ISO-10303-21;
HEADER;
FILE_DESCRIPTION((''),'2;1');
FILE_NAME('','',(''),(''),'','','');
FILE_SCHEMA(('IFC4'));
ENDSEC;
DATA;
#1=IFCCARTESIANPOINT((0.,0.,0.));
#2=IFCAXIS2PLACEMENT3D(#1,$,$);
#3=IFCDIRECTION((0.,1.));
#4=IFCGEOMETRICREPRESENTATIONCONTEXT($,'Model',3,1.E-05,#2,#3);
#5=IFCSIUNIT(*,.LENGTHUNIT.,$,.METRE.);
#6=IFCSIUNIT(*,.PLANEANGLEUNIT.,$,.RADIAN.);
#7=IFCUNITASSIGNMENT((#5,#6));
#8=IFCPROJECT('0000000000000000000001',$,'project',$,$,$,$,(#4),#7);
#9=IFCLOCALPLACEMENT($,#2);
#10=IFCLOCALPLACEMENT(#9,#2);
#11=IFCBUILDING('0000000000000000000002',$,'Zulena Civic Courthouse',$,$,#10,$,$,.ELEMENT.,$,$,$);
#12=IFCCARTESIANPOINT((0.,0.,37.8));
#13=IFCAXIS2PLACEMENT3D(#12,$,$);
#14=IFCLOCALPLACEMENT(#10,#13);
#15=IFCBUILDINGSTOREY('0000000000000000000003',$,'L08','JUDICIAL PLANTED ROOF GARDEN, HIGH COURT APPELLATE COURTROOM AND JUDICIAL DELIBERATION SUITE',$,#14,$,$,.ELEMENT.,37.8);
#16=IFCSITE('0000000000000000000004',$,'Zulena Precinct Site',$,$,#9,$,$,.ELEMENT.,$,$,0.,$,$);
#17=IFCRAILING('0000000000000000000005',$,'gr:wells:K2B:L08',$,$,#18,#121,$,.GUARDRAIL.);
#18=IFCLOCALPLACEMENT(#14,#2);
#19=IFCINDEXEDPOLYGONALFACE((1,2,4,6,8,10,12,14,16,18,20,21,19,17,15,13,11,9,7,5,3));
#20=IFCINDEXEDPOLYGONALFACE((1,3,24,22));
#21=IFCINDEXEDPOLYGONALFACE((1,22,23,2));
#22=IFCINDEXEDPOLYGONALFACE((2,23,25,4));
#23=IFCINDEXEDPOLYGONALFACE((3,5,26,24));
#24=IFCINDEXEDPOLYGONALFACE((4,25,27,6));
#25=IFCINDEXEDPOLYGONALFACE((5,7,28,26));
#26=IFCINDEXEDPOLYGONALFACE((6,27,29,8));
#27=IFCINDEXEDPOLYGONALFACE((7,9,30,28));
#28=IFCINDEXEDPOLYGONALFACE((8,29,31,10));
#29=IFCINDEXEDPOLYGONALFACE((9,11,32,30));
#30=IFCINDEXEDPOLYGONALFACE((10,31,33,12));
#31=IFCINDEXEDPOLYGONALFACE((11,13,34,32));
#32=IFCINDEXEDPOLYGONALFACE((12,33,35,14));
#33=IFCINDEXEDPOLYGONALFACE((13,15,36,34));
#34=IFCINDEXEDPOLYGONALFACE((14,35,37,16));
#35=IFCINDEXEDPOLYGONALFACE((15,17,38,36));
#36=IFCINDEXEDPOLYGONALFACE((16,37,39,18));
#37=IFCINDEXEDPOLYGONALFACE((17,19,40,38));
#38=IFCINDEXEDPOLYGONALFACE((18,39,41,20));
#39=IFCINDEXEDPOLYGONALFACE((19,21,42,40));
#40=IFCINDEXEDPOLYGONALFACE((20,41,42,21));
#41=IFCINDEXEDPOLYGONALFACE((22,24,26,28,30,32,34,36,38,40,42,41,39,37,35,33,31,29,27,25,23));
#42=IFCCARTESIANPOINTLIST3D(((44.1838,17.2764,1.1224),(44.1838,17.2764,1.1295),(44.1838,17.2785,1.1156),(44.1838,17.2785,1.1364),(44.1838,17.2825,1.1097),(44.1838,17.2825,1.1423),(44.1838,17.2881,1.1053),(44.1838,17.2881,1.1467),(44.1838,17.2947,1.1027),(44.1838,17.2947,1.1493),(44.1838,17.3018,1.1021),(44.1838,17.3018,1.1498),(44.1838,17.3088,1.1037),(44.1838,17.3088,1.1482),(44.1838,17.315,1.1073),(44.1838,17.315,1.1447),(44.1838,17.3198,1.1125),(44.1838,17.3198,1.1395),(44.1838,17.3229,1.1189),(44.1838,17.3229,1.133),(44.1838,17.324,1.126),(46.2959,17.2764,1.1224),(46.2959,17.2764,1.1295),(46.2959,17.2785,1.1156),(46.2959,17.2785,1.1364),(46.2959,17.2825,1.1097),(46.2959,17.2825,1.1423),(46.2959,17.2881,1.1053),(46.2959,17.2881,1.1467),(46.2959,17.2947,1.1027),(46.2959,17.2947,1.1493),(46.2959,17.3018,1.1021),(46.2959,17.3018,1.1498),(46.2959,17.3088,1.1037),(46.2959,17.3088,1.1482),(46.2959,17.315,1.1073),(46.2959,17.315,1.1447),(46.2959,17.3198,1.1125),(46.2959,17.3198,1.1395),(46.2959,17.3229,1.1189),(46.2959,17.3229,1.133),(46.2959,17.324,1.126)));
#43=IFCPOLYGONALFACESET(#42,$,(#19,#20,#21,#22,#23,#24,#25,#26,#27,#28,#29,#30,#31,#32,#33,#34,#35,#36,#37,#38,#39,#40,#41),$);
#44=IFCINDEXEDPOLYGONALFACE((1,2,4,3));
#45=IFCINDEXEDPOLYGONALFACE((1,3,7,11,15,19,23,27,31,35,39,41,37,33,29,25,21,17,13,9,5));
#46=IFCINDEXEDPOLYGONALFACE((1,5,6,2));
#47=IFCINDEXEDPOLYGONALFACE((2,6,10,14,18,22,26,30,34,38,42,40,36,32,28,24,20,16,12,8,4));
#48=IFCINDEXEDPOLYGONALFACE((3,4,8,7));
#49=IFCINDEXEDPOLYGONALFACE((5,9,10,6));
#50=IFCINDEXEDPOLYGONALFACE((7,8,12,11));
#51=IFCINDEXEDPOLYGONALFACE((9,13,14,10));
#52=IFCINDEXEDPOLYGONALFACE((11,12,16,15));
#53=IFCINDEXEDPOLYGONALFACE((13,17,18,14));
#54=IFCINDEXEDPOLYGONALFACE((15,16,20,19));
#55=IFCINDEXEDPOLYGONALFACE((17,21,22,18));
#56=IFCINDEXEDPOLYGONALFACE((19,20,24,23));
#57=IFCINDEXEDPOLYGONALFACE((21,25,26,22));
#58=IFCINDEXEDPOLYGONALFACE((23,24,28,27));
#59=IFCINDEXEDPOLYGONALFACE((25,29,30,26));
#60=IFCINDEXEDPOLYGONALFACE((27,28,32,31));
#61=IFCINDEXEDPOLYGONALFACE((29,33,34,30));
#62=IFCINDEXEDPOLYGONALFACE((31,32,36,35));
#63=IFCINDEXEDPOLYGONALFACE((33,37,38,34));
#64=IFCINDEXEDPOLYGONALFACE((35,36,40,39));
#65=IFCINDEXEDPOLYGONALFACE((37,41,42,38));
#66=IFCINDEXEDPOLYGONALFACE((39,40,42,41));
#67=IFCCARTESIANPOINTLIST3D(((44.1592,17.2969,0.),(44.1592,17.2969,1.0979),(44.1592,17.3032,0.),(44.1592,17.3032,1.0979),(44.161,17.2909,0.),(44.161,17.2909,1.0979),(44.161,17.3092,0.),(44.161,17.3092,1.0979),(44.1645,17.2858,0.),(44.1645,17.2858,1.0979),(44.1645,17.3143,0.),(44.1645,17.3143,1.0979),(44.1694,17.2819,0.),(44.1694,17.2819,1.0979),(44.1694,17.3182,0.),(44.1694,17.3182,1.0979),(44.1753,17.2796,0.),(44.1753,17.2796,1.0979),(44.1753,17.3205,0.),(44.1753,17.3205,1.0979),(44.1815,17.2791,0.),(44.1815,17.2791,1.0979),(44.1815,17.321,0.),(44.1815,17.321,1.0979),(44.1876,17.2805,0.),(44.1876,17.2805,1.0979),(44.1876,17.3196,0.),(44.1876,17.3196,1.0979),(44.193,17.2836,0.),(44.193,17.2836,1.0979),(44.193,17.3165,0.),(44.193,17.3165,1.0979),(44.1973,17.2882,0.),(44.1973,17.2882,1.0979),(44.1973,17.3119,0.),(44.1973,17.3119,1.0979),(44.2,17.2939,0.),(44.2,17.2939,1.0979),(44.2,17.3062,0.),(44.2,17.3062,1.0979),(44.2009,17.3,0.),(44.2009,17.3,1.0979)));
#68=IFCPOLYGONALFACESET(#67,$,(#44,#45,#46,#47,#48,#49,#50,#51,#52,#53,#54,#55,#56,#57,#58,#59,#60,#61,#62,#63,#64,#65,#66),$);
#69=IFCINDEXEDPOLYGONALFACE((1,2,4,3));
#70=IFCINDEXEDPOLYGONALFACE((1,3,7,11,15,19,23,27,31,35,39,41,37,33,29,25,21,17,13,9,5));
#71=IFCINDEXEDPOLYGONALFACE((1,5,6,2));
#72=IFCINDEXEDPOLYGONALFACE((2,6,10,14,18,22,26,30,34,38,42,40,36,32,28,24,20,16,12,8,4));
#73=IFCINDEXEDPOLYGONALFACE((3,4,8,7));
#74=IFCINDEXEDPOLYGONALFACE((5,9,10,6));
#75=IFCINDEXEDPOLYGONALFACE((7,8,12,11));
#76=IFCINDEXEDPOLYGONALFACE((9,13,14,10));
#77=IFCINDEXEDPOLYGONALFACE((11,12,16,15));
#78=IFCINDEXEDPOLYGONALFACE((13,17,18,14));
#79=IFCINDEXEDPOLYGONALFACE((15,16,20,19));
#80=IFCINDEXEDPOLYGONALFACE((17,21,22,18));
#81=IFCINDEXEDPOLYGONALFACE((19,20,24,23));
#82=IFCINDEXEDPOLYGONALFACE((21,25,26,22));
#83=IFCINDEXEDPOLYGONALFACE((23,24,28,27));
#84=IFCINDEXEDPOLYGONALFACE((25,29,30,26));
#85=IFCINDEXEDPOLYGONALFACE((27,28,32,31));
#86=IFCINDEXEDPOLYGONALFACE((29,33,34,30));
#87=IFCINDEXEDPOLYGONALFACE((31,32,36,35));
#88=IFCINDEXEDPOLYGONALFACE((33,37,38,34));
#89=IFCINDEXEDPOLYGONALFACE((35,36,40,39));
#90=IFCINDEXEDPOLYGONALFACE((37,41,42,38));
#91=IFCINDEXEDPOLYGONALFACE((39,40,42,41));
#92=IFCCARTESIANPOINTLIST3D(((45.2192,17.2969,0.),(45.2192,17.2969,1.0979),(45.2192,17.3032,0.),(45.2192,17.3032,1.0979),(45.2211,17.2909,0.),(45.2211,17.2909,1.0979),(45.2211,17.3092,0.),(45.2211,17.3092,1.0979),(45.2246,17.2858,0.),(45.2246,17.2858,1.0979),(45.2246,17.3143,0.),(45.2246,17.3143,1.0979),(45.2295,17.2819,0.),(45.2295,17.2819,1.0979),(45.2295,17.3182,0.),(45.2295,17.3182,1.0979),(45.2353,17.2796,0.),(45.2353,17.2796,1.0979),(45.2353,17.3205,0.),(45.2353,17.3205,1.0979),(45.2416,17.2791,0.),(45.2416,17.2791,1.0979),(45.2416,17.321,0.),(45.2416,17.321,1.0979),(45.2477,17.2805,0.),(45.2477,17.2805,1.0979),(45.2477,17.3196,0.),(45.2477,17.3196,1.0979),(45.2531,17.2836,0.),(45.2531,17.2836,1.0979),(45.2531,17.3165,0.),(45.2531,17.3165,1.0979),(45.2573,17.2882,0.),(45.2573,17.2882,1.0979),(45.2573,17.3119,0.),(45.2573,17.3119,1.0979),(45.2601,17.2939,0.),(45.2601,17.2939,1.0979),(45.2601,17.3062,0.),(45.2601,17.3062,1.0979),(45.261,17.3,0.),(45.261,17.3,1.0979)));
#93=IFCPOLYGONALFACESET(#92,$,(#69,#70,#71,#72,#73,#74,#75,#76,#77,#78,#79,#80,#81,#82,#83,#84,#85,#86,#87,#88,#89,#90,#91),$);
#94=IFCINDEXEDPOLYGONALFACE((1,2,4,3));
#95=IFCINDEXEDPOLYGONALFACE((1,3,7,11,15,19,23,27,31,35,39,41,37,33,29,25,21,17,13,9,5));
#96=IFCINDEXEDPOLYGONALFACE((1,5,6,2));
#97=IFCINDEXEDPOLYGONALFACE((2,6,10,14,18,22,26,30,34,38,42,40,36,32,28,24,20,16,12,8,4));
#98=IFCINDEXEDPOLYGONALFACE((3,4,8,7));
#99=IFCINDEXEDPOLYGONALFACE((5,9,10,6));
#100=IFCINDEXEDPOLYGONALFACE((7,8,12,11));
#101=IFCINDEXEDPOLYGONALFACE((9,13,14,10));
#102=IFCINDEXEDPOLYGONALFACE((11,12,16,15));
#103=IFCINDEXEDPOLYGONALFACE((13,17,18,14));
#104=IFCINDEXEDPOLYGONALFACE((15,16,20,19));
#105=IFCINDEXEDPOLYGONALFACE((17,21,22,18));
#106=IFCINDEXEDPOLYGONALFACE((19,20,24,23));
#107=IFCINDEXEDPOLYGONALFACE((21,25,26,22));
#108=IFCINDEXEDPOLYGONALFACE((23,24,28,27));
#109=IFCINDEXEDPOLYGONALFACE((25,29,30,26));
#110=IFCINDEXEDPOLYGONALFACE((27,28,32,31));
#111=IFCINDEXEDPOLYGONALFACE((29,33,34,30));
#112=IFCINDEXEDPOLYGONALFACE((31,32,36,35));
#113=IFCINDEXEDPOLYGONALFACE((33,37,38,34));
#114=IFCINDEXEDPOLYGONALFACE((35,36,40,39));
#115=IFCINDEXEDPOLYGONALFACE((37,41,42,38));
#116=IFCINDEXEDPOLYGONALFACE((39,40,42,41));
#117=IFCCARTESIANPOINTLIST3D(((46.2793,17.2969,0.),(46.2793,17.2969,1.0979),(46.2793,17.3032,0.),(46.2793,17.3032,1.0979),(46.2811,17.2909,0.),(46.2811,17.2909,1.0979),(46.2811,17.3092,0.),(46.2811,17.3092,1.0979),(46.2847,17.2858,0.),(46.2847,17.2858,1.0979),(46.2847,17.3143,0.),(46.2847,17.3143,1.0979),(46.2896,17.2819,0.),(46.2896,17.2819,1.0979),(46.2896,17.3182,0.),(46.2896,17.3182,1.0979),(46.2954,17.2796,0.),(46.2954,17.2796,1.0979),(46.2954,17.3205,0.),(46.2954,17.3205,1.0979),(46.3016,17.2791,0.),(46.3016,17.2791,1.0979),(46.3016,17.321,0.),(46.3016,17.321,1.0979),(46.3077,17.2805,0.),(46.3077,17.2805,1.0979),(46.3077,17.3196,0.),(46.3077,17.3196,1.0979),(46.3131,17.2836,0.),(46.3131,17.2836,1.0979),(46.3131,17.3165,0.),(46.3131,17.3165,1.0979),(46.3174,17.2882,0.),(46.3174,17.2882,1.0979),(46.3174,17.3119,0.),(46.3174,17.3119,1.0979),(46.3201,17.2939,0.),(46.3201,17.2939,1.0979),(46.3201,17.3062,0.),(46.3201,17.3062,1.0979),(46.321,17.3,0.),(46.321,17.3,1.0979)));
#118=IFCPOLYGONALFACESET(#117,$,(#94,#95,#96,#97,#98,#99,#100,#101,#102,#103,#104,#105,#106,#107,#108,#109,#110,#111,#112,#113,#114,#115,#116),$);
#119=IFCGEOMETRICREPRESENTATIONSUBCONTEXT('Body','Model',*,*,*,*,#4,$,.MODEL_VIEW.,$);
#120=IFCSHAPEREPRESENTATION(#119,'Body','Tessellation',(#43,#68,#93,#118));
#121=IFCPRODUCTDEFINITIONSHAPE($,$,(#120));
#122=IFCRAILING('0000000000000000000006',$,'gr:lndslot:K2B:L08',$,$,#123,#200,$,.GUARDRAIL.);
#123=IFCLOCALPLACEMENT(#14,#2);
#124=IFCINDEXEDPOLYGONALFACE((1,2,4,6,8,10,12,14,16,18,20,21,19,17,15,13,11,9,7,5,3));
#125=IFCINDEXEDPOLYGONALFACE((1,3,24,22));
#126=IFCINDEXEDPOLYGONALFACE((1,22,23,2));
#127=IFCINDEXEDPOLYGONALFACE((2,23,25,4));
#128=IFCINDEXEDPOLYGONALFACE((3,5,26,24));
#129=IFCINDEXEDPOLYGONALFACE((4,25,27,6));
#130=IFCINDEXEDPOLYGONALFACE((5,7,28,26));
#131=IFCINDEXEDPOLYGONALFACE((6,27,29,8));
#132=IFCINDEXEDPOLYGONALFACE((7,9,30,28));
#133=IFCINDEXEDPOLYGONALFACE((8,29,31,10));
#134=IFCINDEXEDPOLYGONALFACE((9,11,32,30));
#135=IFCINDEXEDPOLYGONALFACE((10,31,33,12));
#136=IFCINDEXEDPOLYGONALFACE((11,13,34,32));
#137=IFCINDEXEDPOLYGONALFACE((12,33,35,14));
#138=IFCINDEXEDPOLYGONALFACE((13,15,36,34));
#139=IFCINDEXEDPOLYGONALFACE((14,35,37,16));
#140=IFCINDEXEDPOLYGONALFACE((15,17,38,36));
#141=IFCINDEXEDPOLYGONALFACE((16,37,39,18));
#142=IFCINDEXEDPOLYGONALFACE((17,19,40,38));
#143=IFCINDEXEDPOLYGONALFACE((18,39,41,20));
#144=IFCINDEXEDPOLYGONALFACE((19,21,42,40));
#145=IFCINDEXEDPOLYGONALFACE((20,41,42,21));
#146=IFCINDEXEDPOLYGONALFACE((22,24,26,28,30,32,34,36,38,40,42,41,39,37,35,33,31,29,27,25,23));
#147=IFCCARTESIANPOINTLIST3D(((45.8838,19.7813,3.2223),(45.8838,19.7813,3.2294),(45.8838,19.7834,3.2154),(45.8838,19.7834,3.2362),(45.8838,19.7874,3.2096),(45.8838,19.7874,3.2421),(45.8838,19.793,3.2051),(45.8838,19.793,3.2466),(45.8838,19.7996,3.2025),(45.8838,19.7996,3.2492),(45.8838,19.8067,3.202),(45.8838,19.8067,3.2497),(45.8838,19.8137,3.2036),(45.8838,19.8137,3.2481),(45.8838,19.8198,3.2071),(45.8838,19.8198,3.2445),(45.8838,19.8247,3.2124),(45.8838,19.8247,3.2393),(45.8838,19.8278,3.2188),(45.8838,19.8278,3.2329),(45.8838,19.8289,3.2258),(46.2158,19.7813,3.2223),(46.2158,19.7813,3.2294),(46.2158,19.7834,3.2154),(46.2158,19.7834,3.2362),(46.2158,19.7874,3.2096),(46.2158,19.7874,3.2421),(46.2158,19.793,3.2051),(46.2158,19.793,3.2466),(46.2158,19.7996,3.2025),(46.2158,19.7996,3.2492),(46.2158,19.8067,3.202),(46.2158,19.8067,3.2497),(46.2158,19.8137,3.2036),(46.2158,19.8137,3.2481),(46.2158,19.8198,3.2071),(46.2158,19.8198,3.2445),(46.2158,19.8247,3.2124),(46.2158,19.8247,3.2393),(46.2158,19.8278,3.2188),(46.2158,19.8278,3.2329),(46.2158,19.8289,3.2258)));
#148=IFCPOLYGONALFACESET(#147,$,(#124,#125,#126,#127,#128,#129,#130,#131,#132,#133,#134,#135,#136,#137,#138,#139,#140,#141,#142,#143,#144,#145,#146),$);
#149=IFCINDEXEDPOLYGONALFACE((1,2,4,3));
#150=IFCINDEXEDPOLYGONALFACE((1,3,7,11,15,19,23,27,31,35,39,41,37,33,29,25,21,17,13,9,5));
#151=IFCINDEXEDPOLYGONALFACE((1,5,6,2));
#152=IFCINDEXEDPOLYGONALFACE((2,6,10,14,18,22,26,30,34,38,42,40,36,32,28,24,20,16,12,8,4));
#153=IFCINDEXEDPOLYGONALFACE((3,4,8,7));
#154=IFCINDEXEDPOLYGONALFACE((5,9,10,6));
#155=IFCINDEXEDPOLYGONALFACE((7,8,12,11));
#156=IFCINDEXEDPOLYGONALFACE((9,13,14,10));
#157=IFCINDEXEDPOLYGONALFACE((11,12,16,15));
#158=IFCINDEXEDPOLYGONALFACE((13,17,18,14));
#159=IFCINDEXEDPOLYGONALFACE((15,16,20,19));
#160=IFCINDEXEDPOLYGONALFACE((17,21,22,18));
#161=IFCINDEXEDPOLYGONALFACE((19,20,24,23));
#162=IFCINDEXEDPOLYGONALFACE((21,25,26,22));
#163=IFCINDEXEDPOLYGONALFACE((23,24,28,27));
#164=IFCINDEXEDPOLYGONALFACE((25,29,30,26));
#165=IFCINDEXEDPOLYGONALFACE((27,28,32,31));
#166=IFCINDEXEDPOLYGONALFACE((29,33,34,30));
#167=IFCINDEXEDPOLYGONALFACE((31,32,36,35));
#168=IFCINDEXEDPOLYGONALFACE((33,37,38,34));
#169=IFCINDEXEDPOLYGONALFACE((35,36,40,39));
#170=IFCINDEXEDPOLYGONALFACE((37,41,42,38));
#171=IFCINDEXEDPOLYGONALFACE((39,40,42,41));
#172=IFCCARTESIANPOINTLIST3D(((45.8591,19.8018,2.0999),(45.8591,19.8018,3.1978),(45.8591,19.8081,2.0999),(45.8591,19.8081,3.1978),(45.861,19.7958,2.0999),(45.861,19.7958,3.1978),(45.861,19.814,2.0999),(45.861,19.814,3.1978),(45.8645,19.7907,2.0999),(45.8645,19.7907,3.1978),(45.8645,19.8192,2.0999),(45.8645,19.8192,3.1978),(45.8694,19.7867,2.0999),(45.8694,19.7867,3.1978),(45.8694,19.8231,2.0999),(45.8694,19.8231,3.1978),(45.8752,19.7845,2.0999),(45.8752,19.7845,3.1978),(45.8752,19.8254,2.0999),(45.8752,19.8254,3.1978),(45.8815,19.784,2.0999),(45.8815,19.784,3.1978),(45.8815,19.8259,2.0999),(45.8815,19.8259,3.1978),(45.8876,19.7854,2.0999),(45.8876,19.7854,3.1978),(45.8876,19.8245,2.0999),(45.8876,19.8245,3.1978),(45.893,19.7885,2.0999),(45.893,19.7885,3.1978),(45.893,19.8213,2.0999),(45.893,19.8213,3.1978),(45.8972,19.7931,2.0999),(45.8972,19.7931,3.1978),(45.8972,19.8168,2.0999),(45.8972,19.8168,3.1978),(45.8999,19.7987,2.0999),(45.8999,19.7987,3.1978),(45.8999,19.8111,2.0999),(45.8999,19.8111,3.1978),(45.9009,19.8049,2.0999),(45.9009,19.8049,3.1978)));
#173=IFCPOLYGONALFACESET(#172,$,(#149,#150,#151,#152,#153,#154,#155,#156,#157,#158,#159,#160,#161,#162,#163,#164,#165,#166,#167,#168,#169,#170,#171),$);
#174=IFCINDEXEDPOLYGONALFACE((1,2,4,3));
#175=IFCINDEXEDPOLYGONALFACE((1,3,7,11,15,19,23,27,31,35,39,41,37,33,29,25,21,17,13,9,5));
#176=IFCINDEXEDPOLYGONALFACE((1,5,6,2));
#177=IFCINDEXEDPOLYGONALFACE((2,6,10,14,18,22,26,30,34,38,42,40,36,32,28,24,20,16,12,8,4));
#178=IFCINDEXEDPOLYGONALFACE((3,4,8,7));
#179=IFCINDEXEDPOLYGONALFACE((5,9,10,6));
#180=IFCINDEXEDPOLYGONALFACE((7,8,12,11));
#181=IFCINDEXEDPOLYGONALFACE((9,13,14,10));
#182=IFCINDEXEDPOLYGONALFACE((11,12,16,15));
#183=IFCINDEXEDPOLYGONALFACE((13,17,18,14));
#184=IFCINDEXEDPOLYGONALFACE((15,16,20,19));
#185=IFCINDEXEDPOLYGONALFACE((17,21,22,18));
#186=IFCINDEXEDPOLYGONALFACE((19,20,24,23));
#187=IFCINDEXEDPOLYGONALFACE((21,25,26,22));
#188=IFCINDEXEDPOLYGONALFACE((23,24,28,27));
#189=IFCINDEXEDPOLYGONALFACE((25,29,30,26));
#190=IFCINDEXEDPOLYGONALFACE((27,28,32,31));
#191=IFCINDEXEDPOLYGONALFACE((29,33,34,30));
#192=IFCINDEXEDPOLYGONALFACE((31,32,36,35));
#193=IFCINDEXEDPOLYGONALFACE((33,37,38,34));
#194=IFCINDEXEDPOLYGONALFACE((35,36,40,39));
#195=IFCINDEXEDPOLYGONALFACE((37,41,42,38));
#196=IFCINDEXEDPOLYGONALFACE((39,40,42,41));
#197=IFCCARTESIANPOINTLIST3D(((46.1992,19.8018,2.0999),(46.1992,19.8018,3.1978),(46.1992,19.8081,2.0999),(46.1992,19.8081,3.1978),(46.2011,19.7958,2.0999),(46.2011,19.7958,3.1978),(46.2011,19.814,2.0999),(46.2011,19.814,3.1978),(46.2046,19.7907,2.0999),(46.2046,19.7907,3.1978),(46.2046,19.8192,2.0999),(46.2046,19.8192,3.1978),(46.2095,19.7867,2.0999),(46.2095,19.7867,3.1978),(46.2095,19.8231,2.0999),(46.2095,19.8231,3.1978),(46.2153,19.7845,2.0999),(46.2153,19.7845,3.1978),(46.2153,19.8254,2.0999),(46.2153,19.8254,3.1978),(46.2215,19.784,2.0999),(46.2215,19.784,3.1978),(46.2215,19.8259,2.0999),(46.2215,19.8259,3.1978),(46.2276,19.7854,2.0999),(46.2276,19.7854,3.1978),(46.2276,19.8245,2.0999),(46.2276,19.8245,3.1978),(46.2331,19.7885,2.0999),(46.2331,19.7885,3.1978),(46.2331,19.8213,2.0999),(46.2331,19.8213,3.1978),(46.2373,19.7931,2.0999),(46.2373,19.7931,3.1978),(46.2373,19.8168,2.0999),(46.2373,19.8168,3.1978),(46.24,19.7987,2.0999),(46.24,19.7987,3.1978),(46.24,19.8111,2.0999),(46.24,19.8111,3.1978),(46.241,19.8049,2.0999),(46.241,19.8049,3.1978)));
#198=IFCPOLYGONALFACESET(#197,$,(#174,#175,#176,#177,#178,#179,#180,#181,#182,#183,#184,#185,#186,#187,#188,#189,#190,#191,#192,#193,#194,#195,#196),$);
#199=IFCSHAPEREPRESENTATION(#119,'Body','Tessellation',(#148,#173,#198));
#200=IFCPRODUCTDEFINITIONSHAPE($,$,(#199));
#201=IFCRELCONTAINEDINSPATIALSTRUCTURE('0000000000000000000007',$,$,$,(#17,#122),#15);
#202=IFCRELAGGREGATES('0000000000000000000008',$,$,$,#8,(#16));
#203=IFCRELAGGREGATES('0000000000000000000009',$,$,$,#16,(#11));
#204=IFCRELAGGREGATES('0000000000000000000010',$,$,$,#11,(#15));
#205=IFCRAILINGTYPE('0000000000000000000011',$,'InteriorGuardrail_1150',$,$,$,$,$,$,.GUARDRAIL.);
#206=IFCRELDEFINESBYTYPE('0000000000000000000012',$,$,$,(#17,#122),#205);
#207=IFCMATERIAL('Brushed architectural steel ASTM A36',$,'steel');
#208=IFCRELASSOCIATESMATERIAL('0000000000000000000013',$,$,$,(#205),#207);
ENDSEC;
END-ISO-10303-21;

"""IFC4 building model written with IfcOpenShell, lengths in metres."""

from ifc_helpers import new_model, si_unit, direction, frame, origin, origin_2d, place, context, subcontext, project, spatial, circle, extrude, material, type_object, element, save


model = new_model("IFC4")

# Units and contexts
model_context = context("Model", 3, precision=1e-05, world=origin(), true_north=direction((0.0, 1.0)))
body_context = subcontext(model_context, "Body", "Model", "MODEL_VIEW")
ifc_project = project(units=[si_unit("LENGTHUNIT", "METRE"), si_unit("PLANEANGLEUNIT", "RADIAN")], contexts=[model_context])

# Site, building, storey
site_placement = place(None, origin())
site = spatial("IfcSite", under=ifc_project, at=site_placement, Name="Zulena Precinct Site", CompositionType="ELEMENT", RefElevation=0.0)
building_placement = place(site_placement, origin())
building = spatial("IfcBuilding", under=site, at=building_placement, Name="Zulena Civic Courthouse", CompositionType="ELEMENT")
storey_placement = place(building_placement, frame((0.0, 0.0, 37.8)))
storey = spatial("IfcBuildingStorey", under=building, at=storey_placement, Name="L08", Description="JUDICIAL PLANTED ROOF GARDEN, HIGH COURT APPELLATE COURTROOM AND JUDICIAL DELIBERATION SUITE", CompositionType="ELEMENT", Elevation=37.8)

# Railings
ifc_material_1 = material(Name="Brushed architectural steel ASTM A36", Category="steel")
railing_type_1 = type_object("IfcRailingType", Name="InteriorGuardrail_1150", PredefinedType="GUARDRAIL", material=ifc_material_1)
railing_1_placement = place(storey_placement, frame((44.1799, 17.3, 0.0)))
element("IfcRailing", 1, at=railing_1_placement, inside=storey, type_object=railing_type_1, Name="gr:wells:K2B:L08", PredefinedType="GUARDRAIL", context=body_context, shape_type="SweptSolid", body=[
    extrude(circle(Radius=0.0239, at=origin_2d()), frame((0.0039, 0.0, 1.126), z_axis=(1.0, 0.0, 0.0), x_axis=(0.0, 1.0, 0.0)), (0.0, 0.0, 1.0), 2.1121),
    extrude(circle(Radius=0.021, at=origin_2d()), origin(), (0.0, 0.0, 1.0), 1.0979),
    extrude(circle(Radius=0.021, at=origin_2d()), frame((1.0601, 0.0, 0.0)), (0.0, 0.0, 1.0), 1.0979),
    extrude(circle(Radius=0.021, at=origin_2d()), frame((2.1201, 0.0, 0.0)), (0.0, 0.0, 1.0), 1.0979),
])
railing_2_placement = place(storey_placement, frame((45.8799, 19.8049, 2.0999)))
element("IfcRailing", 2, at=railing_2_placement, inside=storey, type_object=railing_type_1, Name="gr:lndslot:K2B:L08", PredefinedType="GUARDRAIL", context=body_context, shape_type="SweptSolid", body=[
    extrude(circle(Radius=0.0239, at=origin_2d()), frame((0.0039, 0.0, 1.126), z_axis=(1.0, 0.0, 0.0), x_axis=(0.0, 1.0, 0.0)), (0.0, 0.0, 1.0), 0.332),
    extrude(circle(Radius=0.021, at=origin_2d()), origin(), (0.0, 0.0, 1.0), 1.0979),
    extrude(circle(Radius=0.021, at=origin_2d()), frame((0.3401, 0.0, 0.0)), (0.0, 0.0, 1.0), 1.0979),
])

save(model, "model.ifc")
